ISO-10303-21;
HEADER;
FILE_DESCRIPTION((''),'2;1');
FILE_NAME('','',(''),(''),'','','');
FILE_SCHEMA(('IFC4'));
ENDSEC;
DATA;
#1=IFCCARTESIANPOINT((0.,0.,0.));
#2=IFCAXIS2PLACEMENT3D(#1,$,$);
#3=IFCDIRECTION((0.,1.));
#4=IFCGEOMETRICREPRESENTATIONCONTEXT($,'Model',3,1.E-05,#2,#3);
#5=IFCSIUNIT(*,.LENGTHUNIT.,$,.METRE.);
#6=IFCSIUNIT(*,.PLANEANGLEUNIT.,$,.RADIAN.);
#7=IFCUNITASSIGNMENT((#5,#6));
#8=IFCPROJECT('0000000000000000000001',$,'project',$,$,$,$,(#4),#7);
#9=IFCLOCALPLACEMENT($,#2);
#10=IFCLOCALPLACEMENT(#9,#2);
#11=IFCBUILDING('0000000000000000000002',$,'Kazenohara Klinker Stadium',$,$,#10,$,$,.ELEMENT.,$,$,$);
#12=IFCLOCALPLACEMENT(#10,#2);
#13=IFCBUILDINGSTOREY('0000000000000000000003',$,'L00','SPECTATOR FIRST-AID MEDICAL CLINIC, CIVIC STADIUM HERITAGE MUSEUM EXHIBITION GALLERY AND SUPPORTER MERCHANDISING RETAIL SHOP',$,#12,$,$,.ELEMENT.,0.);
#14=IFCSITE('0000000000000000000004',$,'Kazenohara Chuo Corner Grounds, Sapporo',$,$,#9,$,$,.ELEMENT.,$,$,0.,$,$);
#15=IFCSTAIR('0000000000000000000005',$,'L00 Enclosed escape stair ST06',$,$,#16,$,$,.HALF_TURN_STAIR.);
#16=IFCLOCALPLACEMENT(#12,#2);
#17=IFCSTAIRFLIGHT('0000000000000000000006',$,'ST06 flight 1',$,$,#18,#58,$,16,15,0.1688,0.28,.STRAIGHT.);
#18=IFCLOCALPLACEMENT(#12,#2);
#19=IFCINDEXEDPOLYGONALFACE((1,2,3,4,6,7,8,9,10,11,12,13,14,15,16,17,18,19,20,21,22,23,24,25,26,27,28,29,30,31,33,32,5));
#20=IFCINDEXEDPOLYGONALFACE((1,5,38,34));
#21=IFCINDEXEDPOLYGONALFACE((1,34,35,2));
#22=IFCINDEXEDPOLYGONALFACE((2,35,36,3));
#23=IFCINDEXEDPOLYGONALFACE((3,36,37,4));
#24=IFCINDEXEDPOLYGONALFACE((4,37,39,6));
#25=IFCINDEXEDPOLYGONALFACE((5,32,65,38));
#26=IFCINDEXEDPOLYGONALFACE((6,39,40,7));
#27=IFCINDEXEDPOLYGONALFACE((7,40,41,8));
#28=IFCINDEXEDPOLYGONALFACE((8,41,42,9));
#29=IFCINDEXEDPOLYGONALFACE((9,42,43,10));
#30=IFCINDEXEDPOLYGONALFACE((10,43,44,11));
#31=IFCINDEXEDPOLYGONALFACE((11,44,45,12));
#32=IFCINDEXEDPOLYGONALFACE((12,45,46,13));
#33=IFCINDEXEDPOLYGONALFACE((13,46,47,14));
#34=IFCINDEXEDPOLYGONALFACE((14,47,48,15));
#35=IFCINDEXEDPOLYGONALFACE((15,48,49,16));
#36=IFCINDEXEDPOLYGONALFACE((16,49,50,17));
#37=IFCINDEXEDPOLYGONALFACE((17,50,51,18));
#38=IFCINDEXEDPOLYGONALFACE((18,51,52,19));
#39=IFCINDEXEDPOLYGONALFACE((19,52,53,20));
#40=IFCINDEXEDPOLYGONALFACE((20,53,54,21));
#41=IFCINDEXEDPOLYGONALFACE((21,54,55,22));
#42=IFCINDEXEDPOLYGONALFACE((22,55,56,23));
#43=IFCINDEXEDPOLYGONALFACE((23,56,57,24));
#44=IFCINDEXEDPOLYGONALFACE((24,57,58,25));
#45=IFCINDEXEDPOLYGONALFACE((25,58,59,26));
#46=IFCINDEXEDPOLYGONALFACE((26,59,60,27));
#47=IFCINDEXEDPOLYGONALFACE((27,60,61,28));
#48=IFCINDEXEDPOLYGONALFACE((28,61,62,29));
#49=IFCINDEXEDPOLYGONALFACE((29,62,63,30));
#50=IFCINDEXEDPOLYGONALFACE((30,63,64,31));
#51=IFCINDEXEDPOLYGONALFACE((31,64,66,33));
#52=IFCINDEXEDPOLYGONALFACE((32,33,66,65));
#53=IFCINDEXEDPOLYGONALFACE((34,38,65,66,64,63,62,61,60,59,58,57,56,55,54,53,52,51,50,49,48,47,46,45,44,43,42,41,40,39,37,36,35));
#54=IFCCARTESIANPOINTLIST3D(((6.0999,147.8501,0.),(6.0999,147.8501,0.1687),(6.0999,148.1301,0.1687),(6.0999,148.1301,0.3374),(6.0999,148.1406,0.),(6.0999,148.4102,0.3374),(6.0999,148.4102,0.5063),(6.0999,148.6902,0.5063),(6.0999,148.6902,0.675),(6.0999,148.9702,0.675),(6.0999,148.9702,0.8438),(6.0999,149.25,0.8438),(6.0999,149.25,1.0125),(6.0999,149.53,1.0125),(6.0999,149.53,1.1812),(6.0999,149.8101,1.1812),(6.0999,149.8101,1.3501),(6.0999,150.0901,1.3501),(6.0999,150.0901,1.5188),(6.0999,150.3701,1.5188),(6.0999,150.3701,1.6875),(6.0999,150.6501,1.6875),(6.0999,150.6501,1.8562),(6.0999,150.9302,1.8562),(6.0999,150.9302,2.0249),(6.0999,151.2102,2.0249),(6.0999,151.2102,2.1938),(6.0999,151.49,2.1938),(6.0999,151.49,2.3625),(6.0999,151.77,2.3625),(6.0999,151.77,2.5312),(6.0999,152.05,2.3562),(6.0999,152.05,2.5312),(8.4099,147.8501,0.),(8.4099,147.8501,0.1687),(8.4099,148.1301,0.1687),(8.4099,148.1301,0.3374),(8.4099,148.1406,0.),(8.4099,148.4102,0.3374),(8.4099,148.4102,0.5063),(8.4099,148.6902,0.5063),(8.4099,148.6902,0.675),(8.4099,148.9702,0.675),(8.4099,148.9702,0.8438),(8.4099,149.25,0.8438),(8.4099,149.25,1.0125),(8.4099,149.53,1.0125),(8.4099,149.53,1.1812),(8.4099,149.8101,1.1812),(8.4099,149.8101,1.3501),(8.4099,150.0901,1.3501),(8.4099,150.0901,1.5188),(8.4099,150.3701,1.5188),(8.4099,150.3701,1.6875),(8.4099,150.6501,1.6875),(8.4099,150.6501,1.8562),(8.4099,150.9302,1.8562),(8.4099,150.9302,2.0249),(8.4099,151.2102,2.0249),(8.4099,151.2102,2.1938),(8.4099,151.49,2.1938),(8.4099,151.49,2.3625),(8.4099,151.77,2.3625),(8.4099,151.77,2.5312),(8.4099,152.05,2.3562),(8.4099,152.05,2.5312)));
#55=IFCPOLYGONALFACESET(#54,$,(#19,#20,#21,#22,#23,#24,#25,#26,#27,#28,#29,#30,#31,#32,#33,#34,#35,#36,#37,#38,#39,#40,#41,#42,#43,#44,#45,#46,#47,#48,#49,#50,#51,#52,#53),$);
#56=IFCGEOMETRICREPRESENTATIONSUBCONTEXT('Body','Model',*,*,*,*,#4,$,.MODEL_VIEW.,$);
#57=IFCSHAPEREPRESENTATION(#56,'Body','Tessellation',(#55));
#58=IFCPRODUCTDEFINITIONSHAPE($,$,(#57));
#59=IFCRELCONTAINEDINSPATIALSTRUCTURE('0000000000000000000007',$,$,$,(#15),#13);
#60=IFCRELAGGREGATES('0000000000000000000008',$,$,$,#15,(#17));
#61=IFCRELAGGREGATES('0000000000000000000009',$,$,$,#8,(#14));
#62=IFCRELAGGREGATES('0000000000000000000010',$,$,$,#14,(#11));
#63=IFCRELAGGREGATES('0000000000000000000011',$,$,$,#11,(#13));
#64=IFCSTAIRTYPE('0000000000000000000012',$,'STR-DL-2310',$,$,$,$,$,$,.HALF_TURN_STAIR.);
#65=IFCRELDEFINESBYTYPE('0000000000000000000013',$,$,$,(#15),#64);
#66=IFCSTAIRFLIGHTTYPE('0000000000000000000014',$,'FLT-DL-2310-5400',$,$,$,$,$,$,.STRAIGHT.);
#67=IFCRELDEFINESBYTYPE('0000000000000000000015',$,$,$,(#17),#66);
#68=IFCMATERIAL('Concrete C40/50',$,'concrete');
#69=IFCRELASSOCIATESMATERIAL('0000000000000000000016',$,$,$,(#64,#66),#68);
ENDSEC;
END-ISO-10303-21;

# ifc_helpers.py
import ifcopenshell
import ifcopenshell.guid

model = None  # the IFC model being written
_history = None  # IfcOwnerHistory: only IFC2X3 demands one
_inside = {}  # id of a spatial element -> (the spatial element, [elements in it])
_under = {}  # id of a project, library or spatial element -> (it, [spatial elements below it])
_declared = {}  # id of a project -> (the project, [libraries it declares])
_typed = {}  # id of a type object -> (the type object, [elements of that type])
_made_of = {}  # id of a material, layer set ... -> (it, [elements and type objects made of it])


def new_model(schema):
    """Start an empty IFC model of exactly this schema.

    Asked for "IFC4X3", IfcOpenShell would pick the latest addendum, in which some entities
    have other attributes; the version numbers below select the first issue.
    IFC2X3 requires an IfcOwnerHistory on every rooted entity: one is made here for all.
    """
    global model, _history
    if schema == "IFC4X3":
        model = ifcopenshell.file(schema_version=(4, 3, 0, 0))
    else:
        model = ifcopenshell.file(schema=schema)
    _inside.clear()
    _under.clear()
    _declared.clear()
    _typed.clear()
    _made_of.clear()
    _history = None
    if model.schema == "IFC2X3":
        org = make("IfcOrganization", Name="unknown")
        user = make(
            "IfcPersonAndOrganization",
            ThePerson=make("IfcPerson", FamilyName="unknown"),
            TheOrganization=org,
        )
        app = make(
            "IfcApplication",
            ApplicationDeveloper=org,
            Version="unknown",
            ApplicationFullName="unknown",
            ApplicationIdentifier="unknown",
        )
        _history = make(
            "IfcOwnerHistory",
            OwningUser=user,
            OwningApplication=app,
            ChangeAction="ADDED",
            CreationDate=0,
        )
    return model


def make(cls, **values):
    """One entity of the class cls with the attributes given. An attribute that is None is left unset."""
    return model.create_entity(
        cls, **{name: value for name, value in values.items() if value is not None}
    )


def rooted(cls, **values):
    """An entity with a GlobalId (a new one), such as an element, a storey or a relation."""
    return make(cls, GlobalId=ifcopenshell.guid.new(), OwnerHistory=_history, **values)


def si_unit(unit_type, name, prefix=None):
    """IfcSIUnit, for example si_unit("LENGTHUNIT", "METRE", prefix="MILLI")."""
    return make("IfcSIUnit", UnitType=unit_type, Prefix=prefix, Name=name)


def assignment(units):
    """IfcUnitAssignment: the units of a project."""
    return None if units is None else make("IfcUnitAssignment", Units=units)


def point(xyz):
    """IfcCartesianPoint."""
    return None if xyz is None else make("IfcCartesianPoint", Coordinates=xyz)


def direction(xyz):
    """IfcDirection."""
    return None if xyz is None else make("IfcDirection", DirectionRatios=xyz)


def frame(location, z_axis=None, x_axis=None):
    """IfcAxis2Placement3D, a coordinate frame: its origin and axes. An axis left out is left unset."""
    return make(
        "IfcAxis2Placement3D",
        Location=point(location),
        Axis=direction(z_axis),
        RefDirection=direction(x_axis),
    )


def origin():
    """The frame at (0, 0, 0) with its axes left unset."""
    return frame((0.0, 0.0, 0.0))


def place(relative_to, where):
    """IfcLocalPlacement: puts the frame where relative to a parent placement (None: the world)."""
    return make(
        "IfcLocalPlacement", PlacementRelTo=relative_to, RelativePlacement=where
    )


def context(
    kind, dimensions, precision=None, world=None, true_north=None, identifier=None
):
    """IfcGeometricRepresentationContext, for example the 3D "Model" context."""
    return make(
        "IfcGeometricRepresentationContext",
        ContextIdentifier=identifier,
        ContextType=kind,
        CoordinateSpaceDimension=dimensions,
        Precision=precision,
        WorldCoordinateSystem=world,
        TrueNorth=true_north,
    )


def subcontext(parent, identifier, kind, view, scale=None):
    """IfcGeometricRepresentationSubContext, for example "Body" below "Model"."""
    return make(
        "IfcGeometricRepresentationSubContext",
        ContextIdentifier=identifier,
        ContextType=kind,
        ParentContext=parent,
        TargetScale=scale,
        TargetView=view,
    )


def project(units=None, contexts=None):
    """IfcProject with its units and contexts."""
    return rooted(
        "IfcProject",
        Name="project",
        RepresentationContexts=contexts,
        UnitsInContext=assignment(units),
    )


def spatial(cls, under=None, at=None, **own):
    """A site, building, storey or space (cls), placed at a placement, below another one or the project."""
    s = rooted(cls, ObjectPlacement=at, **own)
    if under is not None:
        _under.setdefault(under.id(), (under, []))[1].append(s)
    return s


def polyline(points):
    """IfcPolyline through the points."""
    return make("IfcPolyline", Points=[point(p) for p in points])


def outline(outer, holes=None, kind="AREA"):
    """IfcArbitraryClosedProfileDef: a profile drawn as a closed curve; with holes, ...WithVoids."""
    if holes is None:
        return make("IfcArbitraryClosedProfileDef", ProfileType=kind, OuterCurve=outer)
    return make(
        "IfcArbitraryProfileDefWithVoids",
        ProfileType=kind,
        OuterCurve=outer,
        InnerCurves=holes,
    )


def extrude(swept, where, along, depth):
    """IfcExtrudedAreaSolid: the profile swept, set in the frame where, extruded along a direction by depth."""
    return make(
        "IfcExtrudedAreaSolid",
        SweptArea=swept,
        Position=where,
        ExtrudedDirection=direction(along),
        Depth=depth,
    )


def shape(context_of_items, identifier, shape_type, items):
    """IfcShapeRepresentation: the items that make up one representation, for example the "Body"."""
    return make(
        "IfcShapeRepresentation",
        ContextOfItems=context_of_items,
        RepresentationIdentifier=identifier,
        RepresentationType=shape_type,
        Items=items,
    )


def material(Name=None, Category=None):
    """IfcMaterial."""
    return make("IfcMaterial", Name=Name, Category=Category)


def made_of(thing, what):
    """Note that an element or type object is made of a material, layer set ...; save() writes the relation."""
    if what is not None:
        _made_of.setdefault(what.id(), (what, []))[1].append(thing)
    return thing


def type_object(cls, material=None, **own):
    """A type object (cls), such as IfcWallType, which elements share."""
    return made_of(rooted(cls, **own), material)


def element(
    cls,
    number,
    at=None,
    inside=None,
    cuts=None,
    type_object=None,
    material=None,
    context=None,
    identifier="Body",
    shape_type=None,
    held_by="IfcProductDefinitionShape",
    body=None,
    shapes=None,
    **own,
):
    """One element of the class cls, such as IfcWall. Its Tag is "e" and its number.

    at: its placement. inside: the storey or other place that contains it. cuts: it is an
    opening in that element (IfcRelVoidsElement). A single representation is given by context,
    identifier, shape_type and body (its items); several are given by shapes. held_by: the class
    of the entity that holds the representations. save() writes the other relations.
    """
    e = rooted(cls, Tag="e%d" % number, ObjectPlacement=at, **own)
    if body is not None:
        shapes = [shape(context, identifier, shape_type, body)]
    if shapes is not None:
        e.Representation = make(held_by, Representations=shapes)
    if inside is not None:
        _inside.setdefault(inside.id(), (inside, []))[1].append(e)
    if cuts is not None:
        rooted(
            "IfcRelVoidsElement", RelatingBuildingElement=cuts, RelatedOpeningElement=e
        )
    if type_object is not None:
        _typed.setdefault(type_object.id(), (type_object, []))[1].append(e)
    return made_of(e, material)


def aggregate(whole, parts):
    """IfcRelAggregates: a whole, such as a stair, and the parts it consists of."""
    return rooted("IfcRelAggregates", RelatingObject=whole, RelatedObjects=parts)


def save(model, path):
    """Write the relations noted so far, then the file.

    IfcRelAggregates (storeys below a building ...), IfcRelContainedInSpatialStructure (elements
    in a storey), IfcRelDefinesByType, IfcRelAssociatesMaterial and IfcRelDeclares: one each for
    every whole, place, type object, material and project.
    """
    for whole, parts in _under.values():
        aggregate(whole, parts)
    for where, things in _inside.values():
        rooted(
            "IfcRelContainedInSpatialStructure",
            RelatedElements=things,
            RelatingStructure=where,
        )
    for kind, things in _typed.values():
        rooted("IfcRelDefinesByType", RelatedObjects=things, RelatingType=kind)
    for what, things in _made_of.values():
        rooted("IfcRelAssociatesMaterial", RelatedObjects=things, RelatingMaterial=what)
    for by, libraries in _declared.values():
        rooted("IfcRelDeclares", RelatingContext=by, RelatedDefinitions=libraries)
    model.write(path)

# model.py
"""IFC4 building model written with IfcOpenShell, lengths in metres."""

from ifc_helpers import new_model, si_unit, direction, frame, origin, place, context, subcontext, project, spatial, polyline, outline, extrude, material, type_object, element, aggregate, save


model = new_model("IFC4")

# Units and contexts
model_context = context("Model", 3, precision=1e-05, world=origin(), true_north=direction((0.0, 1.0)))
body_context = subcontext(model_context, "Body", "Model", "MODEL_VIEW")
ifc_project = project(units=[si_unit("LENGTHUNIT", "METRE"), si_unit("PLANEANGLEUNIT", "RADIAN")], contexts=[model_context])

# Site, building, storey
site_placement = place(None, origin())
site = spatial("IfcSite", under=ifc_project, at=site_placement, Name="Kazenohara Chuo Corner Grounds, Sapporo", CompositionType="ELEMENT", RefElevation=0.0)
building_placement = place(site_placement, origin())
building = spatial("IfcBuilding", under=site, at=building_placement, Name="Kazenohara Klinker Stadium", CompositionType="ELEMENT")
storey_placement = place(building_placement, origin())
storey = spatial("IfcBuildingStorey", under=building, at=storey_placement, Name="L00", Description="SPECTATOR FIRST-AID MEDICAL CLINIC, CIVIC STADIUM HERITAGE MUSEUM EXHIBITION GALLERY AND SUPPORTER MERCHANDISING RETAIL SHOP", CompositionType="ELEMENT", Elevation=0.0)

# Shared definitions
ifc_material_1 = material(Name="Concrete C40/50", Category="concrete")

# Stair, stair flight
stair_type_1 = type_object("IfcStairType", Name="STR-DL-2310", PredefinedType="HALF_TURN_STAIR", material=ifc_material_1)
stair_1_placement = place(storey_placement, origin())
stair_1 = element("IfcStair", 1, at=stair_1_placement, inside=storey, type_object=stair_type_1, Name="L00 Enclosed escape stair ST06", PredefinedType="HALF_TURN_STAIR")
stair_flight_type_1 = type_object("IfcStairFlightType", Name="FLT-DL-2310-5400", PredefinedType="STRAIGHT", material=ifc_material_1)
stair_flight_1_placement = place(storey_placement, frame((7.2549, 147.8501, 0.0), z_axis=(0.0, 0.0, 1.0), x_axis=(0.0, 1.0, 0.0)))
stair_flight_1 = element("IfcStairFlight", 2, at=stair_flight_1_placement, type_object=stair_flight_type_1, Name="ST06 flight 1", NumberOfRisers=16, NumberOfTreads=15, PredefinedType="STRAIGHT", RiserHeight=0.1688, TreadLength=0.28, context=body_context, shape_type="SweptSolid", body=[
    extrude(outline(polyline([(0.0, 0.0), (0.0, 0.1687), (0.28, 0.1687), (0.28, 0.3374), (0.5601, 0.3374), (0.5601, 0.5063), (0.8401, 0.5063), (0.8401, 0.675), (1.1201, 0.675), (1.1201, 0.8438), (1.3999, 0.8438), (1.3999, 1.0125), (1.6799, 1.0125), (1.6799, 1.1812), (1.96, 1.1812), (1.96, 1.3501), (2.24, 1.3501), (2.24, 1.5188), (2.52, 1.5188), (2.52, 1.6875), (2.8, 1.6875), (2.8, 1.8562), (3.0801, 1.8562), (3.0801, 2.0249), (3.3601, 2.0249), (3.3601, 2.1938), (3.6399, 2.1938), (3.6399, 2.3625), (3.9199, 2.3625), (3.9199, 2.5312), (4.2, 2.5312), (4.2, 2.7), (4.2, 2.3562), (0.2905, 0.0), (0.0, 0.0)])), frame((0.0, 1.155, 0.0), z_axis=(0.0, -1.0, 0.0), x_axis=(1.0, 0.0, 0.0)), (0.0, 0.0, 1.0), 2.3101),
])
aggregate(stair_1, [stair_flight_1])

save(model, "model.ifc")
